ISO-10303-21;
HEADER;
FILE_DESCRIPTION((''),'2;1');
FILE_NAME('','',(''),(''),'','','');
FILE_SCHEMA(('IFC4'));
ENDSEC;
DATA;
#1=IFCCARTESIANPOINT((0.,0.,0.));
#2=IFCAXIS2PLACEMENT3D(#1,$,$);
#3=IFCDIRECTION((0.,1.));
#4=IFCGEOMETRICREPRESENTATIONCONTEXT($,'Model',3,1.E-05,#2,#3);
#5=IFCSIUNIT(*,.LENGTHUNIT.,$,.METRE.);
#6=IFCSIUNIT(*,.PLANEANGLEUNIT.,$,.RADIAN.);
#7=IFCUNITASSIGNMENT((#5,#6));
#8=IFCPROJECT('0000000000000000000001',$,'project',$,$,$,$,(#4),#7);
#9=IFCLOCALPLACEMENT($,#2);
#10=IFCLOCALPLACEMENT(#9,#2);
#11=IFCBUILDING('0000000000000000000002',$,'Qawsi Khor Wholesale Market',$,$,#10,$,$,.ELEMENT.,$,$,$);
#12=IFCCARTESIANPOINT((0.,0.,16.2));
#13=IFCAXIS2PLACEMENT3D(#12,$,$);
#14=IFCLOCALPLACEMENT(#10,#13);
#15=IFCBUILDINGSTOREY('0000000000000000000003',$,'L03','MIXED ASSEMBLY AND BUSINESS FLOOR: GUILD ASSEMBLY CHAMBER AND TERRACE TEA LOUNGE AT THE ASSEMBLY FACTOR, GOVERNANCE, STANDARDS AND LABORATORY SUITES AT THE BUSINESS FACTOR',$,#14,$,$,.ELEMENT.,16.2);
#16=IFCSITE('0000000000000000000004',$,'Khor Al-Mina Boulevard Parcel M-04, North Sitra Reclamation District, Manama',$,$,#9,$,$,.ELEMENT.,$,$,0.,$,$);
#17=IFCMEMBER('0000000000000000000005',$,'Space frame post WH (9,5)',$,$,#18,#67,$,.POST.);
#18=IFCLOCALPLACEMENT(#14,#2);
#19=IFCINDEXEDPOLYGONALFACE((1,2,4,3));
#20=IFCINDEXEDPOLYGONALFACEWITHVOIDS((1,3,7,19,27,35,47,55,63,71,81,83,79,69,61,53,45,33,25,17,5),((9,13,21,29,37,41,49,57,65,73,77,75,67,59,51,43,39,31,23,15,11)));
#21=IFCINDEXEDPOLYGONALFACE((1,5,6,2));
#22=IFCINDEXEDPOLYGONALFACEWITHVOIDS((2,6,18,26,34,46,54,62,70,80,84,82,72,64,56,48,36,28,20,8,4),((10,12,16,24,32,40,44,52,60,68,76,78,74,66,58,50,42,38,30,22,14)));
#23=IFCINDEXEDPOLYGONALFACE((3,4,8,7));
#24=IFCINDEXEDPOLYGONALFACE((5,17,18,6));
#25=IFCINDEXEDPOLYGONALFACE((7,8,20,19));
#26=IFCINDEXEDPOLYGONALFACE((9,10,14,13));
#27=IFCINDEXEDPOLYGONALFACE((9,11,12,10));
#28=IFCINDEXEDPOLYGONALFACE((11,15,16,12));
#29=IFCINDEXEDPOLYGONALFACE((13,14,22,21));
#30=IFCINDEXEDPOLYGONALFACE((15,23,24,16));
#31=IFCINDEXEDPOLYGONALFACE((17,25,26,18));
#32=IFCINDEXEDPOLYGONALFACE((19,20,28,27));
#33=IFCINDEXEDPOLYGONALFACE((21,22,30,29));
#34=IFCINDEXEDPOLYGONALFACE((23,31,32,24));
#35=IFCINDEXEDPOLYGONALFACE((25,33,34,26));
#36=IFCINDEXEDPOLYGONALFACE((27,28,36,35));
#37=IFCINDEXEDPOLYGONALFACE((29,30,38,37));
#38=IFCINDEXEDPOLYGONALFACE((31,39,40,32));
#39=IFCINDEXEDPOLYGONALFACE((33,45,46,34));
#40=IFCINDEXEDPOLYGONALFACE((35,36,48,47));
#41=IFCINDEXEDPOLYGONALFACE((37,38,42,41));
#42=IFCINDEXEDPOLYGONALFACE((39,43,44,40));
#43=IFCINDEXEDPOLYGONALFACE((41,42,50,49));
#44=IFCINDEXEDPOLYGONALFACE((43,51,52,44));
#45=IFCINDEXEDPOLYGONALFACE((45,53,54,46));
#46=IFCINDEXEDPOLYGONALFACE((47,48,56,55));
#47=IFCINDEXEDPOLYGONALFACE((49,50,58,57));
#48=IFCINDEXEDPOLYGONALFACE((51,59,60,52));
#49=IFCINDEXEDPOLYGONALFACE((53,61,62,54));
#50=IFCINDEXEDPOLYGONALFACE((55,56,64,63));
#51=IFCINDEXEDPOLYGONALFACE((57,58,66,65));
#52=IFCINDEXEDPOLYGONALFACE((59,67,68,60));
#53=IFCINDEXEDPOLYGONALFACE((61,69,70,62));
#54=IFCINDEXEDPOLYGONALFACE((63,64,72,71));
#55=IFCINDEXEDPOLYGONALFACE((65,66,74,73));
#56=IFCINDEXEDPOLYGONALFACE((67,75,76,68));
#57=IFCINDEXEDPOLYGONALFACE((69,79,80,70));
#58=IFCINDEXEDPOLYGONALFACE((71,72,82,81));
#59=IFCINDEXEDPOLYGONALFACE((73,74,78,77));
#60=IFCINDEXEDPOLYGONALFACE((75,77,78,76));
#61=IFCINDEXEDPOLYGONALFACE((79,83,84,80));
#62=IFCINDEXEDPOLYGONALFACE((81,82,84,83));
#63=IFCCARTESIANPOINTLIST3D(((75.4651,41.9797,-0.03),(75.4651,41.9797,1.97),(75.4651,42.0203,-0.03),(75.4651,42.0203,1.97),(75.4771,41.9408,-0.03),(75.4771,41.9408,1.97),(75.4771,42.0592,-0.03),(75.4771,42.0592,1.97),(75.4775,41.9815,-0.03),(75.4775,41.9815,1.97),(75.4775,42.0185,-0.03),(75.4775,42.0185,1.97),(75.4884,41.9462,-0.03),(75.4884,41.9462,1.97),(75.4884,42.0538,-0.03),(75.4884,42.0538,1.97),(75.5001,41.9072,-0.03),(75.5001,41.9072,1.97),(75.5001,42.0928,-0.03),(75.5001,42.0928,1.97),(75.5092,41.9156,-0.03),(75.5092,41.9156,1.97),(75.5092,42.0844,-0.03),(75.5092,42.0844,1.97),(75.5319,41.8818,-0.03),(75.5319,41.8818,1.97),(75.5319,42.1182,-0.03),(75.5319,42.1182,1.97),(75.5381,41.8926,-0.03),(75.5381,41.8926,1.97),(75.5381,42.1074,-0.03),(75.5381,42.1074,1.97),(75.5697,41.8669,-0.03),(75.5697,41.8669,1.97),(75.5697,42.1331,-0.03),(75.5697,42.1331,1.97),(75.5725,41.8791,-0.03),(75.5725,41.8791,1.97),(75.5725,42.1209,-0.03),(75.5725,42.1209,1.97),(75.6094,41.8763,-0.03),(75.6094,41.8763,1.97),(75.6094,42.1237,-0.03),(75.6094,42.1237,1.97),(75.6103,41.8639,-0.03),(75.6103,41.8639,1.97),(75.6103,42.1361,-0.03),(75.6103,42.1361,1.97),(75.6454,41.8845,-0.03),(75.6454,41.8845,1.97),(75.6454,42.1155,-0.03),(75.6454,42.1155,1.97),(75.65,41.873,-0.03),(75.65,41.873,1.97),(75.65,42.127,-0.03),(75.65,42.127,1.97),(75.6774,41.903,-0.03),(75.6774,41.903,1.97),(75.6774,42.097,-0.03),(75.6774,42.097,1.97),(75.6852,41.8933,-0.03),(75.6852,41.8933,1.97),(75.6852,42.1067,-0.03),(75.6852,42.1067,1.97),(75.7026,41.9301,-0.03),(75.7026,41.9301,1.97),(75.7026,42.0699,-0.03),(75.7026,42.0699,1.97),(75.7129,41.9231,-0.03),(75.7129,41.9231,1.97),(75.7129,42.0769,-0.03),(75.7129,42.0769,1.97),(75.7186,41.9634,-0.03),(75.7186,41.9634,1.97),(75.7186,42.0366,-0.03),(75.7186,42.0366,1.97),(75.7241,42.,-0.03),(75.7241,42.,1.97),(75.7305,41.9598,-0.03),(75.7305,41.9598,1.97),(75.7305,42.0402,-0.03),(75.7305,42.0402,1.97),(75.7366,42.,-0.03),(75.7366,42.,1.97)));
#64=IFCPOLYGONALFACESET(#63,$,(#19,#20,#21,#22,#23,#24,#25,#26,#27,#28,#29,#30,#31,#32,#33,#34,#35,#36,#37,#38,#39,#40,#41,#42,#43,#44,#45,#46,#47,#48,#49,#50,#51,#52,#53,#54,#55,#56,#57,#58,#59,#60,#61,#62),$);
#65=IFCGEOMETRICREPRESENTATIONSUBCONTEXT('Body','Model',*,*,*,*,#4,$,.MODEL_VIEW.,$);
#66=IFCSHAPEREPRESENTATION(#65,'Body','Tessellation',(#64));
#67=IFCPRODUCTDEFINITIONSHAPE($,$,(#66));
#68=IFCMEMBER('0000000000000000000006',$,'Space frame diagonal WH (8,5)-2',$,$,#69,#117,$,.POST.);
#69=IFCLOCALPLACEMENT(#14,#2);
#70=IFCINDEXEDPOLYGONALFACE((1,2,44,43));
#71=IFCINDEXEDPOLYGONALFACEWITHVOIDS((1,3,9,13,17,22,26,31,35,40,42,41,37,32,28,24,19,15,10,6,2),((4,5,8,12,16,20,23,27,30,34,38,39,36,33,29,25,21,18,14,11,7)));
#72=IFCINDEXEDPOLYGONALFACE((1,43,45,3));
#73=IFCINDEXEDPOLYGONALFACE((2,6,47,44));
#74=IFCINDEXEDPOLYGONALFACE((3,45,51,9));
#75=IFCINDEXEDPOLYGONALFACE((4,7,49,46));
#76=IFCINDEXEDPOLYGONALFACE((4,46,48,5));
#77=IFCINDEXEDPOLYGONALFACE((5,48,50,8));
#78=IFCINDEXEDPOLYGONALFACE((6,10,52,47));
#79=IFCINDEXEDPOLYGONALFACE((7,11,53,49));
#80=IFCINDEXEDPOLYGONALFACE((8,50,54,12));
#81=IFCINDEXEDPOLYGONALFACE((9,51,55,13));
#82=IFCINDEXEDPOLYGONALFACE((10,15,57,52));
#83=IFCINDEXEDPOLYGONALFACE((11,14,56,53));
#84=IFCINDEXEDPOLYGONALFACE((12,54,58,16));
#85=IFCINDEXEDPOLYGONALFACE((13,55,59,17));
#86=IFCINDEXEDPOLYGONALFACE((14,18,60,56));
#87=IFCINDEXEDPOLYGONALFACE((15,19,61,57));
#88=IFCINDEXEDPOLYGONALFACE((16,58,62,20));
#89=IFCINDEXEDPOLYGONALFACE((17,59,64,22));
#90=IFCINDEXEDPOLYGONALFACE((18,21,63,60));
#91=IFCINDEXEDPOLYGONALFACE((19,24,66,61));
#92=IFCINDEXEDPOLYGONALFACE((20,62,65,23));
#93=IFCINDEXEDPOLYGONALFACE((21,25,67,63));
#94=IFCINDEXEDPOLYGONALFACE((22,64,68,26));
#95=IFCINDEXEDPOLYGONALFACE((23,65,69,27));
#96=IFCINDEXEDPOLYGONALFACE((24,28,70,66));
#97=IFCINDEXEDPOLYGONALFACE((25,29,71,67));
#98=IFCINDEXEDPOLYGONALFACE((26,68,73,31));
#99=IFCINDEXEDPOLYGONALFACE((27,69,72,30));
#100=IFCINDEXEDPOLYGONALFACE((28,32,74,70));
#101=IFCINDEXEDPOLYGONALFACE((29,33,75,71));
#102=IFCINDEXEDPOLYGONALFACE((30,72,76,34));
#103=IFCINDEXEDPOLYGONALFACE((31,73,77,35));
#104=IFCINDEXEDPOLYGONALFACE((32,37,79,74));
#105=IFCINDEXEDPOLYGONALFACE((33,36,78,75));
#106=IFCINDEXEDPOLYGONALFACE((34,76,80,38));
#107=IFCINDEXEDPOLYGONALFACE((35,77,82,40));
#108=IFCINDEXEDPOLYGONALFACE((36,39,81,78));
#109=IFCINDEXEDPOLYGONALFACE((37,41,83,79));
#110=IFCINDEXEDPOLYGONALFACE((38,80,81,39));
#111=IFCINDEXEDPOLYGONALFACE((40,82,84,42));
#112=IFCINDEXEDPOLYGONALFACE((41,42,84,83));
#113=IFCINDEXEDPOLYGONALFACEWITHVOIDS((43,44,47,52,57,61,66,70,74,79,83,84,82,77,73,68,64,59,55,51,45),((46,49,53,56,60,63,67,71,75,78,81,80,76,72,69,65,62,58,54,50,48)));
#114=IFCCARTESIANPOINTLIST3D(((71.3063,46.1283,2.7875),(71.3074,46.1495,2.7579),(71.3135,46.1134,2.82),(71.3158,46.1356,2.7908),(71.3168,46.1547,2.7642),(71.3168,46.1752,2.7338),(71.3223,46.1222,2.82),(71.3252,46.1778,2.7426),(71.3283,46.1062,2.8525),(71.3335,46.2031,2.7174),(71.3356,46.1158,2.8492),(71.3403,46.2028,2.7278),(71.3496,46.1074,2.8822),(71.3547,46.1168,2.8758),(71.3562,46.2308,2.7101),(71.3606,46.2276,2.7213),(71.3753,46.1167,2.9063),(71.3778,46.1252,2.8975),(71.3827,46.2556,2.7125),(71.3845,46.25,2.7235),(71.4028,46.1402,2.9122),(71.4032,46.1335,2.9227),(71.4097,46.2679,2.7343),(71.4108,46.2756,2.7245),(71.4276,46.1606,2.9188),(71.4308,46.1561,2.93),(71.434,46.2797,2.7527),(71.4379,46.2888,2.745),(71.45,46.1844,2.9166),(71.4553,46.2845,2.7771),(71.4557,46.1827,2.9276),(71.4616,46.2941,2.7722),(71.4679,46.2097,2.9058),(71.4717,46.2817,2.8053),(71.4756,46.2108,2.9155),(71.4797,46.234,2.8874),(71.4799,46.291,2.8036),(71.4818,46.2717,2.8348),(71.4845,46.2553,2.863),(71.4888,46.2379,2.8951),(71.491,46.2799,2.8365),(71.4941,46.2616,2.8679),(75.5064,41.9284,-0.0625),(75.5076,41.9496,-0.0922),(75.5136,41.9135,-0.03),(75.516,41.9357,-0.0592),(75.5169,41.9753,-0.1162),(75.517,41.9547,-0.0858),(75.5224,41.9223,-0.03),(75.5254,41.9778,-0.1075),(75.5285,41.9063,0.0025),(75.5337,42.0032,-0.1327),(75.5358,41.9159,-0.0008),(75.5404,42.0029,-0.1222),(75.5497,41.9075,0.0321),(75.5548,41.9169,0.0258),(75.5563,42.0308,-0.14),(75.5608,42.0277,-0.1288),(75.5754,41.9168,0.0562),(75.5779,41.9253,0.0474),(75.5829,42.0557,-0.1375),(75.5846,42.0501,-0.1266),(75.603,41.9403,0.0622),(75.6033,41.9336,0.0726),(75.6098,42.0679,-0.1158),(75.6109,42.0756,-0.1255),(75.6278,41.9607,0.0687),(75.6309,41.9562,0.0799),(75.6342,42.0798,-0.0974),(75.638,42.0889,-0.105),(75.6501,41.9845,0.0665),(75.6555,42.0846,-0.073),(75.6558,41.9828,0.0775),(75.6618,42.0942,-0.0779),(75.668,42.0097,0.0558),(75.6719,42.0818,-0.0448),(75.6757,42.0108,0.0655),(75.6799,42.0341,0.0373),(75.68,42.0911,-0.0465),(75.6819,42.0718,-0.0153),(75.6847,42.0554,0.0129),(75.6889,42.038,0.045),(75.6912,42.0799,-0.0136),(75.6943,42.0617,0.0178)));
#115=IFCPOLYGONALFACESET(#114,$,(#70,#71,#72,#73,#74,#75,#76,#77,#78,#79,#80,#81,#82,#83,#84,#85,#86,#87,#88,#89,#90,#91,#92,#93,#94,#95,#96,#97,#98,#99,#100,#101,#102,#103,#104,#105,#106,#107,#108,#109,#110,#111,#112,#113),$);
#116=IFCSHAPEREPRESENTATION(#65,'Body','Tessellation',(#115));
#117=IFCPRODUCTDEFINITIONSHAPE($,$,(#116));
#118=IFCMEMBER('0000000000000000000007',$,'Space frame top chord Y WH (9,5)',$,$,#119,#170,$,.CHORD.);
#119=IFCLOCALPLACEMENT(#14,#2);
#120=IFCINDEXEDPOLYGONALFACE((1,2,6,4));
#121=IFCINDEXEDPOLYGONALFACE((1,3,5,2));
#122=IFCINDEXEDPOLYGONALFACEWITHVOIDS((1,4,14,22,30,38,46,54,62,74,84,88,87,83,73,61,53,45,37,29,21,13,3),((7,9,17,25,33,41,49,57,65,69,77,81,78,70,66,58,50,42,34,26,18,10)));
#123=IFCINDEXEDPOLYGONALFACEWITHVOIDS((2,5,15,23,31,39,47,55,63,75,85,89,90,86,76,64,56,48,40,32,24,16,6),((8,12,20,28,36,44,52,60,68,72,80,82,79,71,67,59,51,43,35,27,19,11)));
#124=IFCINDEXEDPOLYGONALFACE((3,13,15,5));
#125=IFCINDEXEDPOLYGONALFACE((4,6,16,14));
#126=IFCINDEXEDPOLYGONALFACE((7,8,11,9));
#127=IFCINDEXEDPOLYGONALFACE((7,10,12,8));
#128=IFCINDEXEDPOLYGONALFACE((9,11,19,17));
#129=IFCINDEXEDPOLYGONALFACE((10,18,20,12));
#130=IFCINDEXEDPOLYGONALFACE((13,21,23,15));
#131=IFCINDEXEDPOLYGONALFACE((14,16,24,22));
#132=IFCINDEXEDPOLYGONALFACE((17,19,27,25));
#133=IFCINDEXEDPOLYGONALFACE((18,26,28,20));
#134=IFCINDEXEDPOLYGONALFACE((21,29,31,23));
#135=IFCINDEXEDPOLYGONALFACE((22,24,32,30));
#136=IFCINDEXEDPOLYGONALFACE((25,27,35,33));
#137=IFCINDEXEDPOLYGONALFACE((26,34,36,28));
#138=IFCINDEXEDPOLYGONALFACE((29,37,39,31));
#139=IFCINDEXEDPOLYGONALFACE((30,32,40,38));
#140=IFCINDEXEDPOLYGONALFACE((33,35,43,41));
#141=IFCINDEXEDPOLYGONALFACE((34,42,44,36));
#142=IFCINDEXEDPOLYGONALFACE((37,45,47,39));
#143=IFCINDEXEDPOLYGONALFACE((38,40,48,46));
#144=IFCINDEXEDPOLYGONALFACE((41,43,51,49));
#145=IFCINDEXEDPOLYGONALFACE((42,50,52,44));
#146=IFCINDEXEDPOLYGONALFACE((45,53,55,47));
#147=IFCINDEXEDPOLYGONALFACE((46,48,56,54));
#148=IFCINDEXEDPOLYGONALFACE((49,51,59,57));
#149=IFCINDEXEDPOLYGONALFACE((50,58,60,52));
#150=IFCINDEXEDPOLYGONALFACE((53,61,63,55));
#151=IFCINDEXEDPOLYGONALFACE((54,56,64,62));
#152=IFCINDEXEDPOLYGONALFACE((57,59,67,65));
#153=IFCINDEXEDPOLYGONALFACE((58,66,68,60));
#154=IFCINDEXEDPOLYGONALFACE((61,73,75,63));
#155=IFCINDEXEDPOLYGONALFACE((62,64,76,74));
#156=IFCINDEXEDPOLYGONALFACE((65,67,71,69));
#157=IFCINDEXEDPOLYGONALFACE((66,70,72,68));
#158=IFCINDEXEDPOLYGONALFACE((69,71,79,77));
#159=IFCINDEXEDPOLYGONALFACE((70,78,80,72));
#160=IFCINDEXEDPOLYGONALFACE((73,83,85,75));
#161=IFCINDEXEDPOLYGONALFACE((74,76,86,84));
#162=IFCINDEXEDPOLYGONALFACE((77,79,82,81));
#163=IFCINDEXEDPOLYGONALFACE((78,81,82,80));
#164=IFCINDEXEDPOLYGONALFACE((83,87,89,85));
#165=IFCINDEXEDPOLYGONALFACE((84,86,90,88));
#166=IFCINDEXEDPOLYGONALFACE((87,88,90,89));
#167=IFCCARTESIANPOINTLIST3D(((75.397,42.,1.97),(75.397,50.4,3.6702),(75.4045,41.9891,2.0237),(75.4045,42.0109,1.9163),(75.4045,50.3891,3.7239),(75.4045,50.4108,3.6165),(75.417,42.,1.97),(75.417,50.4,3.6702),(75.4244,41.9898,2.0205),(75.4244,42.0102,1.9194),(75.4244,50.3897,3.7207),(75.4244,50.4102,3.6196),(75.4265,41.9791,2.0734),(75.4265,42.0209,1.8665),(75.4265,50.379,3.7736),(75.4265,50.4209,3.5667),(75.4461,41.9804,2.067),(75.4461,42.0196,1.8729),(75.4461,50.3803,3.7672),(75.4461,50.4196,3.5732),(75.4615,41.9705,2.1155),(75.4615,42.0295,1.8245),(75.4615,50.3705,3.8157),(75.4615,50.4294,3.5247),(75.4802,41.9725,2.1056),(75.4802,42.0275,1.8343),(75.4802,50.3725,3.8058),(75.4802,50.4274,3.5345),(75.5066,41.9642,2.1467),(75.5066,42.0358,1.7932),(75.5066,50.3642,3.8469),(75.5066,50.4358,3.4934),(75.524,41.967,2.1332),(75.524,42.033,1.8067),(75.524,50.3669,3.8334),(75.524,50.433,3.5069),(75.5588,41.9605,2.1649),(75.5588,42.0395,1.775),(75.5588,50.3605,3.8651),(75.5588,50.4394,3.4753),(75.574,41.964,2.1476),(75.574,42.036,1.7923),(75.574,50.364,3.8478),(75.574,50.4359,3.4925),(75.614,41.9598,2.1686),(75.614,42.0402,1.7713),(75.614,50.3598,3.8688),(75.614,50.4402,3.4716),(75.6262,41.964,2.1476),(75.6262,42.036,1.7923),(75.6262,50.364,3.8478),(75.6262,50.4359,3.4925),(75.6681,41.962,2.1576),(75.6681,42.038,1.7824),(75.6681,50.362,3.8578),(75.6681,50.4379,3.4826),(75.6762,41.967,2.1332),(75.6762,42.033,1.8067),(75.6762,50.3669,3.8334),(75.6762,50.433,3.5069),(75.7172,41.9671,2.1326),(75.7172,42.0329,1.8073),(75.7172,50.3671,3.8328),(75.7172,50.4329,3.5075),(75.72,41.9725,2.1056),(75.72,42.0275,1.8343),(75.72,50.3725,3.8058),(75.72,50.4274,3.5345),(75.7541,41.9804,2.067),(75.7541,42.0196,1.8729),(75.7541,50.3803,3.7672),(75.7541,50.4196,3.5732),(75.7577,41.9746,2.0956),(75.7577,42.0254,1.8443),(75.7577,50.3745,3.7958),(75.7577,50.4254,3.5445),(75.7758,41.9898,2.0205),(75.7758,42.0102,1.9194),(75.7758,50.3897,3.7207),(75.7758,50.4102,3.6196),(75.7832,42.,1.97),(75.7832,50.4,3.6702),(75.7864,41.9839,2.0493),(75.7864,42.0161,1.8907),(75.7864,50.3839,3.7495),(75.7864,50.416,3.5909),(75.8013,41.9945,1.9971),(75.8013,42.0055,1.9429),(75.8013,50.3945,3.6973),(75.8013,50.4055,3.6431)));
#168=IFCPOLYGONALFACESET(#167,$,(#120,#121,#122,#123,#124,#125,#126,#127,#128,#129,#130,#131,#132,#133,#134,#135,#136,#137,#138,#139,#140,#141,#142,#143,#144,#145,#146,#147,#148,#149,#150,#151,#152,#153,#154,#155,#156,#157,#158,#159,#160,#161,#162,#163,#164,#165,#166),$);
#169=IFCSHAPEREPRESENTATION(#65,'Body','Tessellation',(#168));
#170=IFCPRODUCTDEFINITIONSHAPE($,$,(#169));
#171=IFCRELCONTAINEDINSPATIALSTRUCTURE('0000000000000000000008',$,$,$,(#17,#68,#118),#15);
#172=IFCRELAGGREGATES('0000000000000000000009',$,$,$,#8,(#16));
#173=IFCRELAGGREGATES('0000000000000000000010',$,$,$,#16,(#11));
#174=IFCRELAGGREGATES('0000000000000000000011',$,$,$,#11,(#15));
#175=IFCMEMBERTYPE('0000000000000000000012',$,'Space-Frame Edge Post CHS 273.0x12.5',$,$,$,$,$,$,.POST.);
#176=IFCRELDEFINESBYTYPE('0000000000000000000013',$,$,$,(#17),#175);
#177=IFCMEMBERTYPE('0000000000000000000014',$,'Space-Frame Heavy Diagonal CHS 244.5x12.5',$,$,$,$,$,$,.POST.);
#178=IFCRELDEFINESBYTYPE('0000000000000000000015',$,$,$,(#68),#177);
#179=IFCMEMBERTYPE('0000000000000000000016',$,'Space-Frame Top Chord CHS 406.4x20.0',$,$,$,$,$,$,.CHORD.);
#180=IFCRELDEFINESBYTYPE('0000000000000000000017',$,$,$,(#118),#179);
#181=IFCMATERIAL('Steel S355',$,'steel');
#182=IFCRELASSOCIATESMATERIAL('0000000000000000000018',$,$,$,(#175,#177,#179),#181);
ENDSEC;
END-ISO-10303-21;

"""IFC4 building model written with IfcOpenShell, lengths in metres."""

from ifc_helpers import new_model, si_unit, direction, frame, origin, origin_2d, place, context, subcontext, project, spatial, hollow_circle, extrude, material, material_profile, profile_set, type_object, element, save


model = new_model("IFC4")

# Units and contexts
model_context = context("Model", 3, precision=1e-05, world=origin(), true_north=direction((0.0, 1.0)))
body_context = subcontext(model_context, "Body", "Model", "MODEL_VIEW")
ifc_project = project(units=[si_unit("LENGTHUNIT", "METRE"), si_unit("PLANEANGLEUNIT", "RADIAN")], contexts=[model_context])

# Site, building, storey
site_placement = place(None, origin())
site = spatial("IfcSite", under=ifc_project, at=site_placement, Name="Khor Al-Mina Boulevard Parcel M-04, North Sitra Reclamation District, Manama", CompositionType="ELEMENT", RefElevation=0.0)
building_placement = place(site_placement, origin())
building = spatial("IfcBuilding", under=site, at=building_placement, Name="Qawsi Khor Wholesale Market", CompositionType="ELEMENT")
storey_placement = place(building_placement, frame((0.0, 0.0, 16.2)))
storey = spatial("IfcBuildingStorey", under=building, at=storey_placement, Name="L03", Description="MIXED ASSEMBLY AND BUSINESS FLOOR: GUILD ASSEMBLY CHAMBER AND TERRACE TEA LOUNGE AT THE ASSEMBLY FACTOR, GOVERNANCE, STANDARDS AND LABORATORY SUITES AT THE BUSINESS FACTOR", CompositionType="ELEMENT", Elevation=16.2)

# Shared definitions
ifc_material_1 = material(Name="Steel S355", Category="steel")

# Members
ifc_material_profile_1 = material_profile(ifc_material_1, hollow_circle(Radius=0.1365, WallThickness=0.0125, at=origin_2d()), Name="CHS 273.0x12.5")
ifc_profile_set_1 = profile_set([ifc_material_profile_1], Name="Steel S355")
member_type_1 = type_object("IfcMemberType", Name="Space-Frame Edge Post CHS 273.0x12.5", PredefinedType="POST", material=ifc_profile_set_1)
member_1_placement = place(storey_placement, frame((75.6001, 42.0, -0.03), z_axis=(0.0, 0.0, 1.0), x_axis=(1.0, 0.0, 0.0)))
element("IfcMember", 1, at=member_1_placement, inside=storey, type_object=member_type_1, Name="Space frame post WH (9,5)", PredefinedType="POST", context=body_context, shape_type="SweptSolid", body=[
    extrude(hollow_circle(Radius=0.1365, WallThickness=0.0125, at=origin_2d()), origin(), (0.0, 0.0, 1.0), 2.0),
])
ifc_material_profile_2 = material_profile(ifc_material_1, hollow_circle(Radius=0.1223, WallThickness=0.0125, at=origin_2d()), Name="CHS 244.5x12.5")
ifc_profile_set_2 = profile_set([ifc_material_profile_2], Name="Steel S355")
member_type_2 = type_object("IfcMemberType", Name="Space-Frame Heavy Diagonal CHS 244.5x12.5", PredefinedType="POST", material=ifc_profile_set_2)
member_2_placement = place(storey_placement, frame((75.6001, 42.0, -0.03), z_axis=(-0.637534, 0.637497, 0.432607), x_axis=(-0.707086, -0.707127, 0.0)))
element("IfcMember", 2, at=member_2_placement, inside=storey, type_object=member_type_2, Name="Space frame diagonal WH (8,5)-2", PredefinedType="POST", context=body_context, shape_type="SweptSolid", body=[
    extrude(hollow_circle(Radius=0.1223, WallThickness=0.0125, at=origin_2d()), origin(), (0.0, 0.0, 1.0), 6.5881),
])
ifc_material_profile_3 = material_profile(ifc_material_1, hollow_circle(Radius=0.2031, WallThickness=0.02, at=origin_2d()), Name="CHS 406.4x20.0")
ifc_profile_set_3 = profile_set([ifc_material_profile_3], Name="Steel S355")
member_type_3 = type_object("IfcMemberType", Name="Space-Frame Top Chord CHS 406.4x20.0", PredefinedType="CHORD", material=ifc_profile_set_3)
member_3_placement = place(storey_placement, frame((75.6001, 42.0, 1.97), z_axis=(0.0, 0.980124, 0.198384), x_axis=(-1.0, 0.0, 0.0)))
element("IfcMember", 3, at=member_3_placement, inside=storey, type_object=member_type_3, Name="Space frame top chord Y WH (9,5)", PredefinedType="CHORD", context=body_context, shape_type="SweptSolid", body=[
    extrude(hollow_circle(Radius=0.2031, WallThickness=0.02, at=origin_2d()), origin(), (0.0, 0.0, 1.0), 8.5703),
])

save(model, "model.ifc")
